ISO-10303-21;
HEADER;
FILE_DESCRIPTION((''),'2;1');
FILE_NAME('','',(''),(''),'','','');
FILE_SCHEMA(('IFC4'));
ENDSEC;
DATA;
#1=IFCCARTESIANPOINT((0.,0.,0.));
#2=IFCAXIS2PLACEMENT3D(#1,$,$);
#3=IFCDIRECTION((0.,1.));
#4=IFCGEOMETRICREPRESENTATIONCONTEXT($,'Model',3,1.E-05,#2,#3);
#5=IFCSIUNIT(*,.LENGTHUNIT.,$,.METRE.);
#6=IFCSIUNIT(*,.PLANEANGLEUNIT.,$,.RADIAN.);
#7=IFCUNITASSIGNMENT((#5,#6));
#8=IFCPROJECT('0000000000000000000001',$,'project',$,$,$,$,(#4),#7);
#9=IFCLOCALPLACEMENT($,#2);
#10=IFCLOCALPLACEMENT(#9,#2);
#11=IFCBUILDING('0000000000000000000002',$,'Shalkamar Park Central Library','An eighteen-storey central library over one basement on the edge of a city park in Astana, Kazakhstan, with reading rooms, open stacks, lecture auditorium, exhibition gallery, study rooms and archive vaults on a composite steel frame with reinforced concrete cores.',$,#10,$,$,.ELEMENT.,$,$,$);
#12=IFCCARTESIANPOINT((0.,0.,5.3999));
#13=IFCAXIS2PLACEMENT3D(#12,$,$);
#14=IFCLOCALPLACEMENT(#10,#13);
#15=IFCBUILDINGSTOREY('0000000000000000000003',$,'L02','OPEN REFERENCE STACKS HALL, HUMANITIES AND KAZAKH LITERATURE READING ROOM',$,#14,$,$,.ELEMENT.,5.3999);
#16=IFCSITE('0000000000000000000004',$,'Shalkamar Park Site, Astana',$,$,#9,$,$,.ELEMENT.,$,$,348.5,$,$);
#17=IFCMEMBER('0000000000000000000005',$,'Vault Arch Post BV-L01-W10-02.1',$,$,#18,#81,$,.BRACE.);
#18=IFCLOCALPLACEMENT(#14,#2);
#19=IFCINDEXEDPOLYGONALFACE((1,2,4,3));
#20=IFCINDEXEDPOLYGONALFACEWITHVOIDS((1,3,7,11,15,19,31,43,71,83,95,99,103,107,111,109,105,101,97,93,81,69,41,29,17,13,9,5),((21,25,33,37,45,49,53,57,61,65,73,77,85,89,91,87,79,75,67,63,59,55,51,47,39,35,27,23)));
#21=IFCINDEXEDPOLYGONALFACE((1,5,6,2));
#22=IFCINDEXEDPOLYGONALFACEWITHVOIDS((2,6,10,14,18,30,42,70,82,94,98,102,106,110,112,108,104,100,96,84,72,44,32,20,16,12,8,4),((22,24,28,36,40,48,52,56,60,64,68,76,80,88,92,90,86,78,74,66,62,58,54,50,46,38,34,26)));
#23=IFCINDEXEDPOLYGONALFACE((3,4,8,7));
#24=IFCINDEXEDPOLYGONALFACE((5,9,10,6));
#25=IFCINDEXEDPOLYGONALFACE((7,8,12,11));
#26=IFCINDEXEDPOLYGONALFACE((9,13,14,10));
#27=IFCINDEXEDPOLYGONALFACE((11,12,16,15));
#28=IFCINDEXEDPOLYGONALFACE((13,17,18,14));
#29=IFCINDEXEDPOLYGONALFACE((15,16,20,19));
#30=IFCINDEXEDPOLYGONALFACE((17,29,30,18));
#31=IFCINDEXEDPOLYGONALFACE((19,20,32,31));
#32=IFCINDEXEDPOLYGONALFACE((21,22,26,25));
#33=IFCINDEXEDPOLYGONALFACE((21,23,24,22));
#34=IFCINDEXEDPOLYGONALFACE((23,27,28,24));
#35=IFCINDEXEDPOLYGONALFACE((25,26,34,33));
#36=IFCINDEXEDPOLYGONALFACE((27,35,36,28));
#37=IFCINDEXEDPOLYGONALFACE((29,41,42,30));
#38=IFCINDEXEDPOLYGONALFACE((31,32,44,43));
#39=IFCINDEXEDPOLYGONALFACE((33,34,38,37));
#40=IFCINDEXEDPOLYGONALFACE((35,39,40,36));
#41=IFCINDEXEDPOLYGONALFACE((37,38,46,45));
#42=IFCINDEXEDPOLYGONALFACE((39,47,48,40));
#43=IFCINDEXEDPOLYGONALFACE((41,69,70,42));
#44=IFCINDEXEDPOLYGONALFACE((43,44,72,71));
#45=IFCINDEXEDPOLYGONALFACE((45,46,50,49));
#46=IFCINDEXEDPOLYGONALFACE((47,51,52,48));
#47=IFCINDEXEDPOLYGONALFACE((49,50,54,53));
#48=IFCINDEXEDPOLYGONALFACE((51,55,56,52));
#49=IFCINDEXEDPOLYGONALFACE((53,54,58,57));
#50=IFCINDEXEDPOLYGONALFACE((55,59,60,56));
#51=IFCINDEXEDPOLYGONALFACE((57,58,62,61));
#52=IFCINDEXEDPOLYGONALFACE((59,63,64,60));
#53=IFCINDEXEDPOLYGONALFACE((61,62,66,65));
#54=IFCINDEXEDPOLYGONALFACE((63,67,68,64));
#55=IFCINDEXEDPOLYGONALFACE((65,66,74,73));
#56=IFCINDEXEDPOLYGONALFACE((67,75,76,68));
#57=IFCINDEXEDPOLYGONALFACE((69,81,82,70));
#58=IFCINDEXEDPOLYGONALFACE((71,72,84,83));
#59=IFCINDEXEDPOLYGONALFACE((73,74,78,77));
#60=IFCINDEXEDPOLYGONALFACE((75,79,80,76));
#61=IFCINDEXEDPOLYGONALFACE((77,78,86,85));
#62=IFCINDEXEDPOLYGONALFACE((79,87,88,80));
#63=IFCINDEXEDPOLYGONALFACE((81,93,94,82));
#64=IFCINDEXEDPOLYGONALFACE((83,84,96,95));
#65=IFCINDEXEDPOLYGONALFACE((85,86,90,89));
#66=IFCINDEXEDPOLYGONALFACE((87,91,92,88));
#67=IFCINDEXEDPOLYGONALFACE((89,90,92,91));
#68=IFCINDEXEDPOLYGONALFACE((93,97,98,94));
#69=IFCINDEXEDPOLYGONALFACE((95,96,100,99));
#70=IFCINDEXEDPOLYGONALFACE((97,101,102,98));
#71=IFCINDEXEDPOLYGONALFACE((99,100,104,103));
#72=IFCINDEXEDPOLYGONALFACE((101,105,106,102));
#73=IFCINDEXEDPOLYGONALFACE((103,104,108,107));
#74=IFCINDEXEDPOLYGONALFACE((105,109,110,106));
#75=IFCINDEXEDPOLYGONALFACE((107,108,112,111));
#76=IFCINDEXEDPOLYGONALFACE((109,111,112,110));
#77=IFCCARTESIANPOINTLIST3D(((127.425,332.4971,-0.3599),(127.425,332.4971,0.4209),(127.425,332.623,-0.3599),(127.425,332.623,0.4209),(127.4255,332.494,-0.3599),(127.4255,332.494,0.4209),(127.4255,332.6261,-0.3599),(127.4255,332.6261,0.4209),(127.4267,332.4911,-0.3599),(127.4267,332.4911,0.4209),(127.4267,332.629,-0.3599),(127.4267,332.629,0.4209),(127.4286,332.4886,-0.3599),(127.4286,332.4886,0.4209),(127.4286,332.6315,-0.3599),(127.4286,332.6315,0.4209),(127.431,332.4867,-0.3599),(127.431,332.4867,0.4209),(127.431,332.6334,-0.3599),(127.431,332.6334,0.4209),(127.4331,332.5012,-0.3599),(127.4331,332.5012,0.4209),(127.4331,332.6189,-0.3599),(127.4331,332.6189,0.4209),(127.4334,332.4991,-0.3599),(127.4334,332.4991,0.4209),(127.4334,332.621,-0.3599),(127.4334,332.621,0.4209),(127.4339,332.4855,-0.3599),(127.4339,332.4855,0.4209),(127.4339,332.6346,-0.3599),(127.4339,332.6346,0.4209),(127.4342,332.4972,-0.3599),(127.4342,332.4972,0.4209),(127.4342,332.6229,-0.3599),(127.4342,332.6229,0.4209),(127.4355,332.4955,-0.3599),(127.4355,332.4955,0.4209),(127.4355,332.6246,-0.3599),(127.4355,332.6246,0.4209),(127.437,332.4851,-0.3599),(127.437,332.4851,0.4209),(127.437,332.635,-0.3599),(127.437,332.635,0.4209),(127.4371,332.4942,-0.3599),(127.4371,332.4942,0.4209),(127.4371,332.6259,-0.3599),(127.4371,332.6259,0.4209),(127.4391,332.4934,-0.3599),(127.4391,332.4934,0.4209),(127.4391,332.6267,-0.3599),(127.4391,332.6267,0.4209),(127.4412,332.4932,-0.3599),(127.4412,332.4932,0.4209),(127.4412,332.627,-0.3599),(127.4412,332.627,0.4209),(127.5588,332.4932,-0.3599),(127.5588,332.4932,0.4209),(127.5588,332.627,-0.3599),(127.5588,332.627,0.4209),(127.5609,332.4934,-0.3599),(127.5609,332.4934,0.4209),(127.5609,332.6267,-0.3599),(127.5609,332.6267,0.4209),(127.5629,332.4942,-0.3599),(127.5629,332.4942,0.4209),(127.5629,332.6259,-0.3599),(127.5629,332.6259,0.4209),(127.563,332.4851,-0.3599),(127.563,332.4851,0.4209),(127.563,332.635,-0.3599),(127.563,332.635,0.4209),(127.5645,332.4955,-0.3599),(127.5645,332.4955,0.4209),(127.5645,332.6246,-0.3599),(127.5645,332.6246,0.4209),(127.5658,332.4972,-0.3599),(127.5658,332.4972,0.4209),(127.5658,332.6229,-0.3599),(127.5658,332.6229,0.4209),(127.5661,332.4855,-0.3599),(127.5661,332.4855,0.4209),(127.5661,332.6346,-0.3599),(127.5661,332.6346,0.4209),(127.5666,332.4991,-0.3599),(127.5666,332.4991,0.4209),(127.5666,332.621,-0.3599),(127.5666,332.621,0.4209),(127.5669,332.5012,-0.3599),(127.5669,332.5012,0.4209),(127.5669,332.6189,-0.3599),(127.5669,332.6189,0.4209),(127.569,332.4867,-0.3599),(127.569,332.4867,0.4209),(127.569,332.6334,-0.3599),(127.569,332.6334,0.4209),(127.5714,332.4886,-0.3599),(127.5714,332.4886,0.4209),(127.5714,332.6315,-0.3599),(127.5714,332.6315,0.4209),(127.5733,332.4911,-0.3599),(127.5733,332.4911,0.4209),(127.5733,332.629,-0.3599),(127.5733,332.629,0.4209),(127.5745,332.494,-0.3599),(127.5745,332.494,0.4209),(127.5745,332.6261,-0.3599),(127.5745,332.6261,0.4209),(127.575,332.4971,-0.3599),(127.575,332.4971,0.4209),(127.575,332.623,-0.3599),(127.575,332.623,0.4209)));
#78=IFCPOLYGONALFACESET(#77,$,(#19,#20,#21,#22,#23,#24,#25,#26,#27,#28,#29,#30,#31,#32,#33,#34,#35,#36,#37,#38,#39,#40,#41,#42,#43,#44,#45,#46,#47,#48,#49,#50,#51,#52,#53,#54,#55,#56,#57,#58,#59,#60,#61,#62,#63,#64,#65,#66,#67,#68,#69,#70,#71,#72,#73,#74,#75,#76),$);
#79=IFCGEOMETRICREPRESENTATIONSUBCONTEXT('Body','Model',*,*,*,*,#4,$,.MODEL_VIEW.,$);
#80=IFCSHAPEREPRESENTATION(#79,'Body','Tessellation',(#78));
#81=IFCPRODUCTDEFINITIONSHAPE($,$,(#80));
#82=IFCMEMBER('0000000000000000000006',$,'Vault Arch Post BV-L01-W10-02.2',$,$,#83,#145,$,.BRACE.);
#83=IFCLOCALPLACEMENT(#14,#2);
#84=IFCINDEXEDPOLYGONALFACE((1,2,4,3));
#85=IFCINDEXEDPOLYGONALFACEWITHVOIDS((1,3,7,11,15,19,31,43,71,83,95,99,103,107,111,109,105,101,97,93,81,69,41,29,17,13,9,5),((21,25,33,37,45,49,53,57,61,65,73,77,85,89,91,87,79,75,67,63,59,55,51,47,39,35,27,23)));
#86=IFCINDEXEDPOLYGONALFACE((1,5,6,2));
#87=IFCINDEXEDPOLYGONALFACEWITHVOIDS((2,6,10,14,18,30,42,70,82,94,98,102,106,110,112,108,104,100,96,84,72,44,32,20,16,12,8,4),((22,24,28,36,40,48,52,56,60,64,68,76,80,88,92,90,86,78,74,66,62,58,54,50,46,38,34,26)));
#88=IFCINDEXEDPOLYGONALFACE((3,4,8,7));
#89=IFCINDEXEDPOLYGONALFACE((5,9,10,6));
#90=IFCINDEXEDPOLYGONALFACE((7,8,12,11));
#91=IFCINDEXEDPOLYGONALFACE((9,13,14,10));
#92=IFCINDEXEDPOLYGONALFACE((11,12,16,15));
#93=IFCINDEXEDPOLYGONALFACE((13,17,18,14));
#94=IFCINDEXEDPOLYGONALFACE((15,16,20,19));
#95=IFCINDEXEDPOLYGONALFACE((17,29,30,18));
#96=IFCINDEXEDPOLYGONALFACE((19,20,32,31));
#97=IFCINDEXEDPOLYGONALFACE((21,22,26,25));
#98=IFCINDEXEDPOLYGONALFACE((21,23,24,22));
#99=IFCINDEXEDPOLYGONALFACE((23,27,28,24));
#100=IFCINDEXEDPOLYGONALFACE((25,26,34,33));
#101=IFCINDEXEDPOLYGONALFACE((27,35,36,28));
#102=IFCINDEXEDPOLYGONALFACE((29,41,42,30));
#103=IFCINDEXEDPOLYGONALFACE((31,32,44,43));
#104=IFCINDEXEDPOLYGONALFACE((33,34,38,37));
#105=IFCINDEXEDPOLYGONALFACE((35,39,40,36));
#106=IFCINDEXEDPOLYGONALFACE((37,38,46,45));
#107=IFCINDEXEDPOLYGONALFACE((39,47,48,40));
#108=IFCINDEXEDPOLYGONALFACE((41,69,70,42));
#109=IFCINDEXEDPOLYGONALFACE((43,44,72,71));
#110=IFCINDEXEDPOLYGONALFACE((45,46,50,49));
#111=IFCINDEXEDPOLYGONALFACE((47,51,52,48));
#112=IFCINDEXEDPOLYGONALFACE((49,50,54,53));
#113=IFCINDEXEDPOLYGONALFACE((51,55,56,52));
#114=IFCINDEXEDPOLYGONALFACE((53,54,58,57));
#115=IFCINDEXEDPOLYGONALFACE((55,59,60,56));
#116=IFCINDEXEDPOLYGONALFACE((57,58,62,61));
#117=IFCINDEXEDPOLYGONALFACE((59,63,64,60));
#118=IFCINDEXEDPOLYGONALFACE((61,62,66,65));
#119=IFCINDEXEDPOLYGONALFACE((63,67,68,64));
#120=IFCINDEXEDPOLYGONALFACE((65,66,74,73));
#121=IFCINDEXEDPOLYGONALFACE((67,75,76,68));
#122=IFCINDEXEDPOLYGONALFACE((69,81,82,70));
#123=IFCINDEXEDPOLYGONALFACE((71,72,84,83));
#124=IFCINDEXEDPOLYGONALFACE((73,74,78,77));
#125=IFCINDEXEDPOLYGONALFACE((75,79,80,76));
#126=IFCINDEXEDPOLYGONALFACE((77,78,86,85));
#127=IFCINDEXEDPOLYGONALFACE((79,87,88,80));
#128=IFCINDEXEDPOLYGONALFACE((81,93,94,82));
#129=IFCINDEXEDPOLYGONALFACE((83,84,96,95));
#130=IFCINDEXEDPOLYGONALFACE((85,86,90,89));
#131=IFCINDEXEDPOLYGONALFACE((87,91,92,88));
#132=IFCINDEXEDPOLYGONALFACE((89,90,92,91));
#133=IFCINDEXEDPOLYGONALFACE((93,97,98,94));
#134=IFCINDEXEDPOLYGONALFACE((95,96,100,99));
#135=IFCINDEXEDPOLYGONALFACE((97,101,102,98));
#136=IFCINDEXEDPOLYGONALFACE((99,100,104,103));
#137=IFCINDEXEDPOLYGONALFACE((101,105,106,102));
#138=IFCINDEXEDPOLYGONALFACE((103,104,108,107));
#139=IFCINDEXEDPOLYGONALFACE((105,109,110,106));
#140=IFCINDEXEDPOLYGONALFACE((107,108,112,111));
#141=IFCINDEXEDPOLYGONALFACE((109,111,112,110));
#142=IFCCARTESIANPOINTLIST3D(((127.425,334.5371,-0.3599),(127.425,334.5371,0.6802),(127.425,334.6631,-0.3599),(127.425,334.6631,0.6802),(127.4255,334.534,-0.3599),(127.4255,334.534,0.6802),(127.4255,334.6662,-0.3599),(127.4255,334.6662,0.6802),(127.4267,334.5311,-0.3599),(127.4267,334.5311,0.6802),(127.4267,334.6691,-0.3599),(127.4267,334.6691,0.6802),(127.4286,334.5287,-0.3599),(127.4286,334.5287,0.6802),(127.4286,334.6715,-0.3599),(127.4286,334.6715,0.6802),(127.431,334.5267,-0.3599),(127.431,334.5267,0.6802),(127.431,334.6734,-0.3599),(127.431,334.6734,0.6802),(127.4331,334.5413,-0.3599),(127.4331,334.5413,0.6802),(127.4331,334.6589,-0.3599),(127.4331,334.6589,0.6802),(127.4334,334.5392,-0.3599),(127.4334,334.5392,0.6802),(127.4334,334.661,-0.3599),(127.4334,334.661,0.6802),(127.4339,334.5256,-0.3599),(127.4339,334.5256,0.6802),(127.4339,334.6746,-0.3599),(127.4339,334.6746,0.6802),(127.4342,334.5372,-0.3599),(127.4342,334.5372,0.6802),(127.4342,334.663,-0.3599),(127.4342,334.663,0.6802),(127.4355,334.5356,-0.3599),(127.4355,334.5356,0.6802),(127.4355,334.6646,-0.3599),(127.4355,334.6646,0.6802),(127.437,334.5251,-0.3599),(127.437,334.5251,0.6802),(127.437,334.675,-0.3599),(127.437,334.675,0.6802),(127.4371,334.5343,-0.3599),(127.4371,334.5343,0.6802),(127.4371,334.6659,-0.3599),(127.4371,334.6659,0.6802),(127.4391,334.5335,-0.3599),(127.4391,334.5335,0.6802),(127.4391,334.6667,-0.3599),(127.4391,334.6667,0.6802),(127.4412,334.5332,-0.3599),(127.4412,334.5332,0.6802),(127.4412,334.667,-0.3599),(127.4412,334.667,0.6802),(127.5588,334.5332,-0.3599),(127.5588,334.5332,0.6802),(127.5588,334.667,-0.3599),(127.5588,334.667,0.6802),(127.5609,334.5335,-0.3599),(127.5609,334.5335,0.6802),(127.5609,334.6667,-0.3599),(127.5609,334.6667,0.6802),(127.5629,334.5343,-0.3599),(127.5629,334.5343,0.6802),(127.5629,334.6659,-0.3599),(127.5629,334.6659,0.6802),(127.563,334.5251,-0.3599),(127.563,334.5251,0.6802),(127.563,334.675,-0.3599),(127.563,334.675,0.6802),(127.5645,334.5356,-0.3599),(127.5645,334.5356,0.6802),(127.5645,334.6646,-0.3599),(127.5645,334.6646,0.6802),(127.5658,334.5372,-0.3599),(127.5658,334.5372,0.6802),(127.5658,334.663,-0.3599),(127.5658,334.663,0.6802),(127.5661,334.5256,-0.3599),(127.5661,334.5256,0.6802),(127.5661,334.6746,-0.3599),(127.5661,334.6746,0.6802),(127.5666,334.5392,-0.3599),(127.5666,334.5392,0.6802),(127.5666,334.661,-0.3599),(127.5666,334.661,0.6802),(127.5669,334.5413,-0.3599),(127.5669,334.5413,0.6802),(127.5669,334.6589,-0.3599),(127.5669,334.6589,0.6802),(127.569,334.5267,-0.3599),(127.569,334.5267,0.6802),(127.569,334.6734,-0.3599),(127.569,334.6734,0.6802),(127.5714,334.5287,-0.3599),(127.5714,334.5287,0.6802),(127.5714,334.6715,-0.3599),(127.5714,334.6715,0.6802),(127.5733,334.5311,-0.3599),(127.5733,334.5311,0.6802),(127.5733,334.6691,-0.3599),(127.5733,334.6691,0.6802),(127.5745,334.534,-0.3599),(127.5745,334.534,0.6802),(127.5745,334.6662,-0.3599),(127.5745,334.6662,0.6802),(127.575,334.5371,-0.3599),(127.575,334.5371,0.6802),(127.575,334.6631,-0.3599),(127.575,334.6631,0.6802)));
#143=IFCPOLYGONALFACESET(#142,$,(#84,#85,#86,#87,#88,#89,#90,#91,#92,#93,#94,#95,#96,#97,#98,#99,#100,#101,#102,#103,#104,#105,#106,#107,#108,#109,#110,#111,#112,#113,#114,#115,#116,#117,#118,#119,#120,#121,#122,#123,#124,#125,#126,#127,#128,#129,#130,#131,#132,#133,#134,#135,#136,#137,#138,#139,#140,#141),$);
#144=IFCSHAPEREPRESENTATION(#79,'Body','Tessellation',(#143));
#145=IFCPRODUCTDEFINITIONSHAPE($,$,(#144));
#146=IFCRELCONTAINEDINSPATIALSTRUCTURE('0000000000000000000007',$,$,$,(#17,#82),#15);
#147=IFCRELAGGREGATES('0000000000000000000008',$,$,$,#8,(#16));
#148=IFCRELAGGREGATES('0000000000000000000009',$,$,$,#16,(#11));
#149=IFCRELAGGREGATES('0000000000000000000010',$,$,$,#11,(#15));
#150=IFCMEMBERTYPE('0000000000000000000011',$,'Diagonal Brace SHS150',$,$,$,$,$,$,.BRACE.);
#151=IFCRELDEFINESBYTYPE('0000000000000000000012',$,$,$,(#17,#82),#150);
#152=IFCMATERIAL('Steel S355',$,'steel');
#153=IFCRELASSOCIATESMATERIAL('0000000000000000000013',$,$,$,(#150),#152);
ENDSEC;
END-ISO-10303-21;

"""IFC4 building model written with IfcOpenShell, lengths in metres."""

from ifc_helpers import new_model, si_unit, direction, frame, origin, origin_2d, place, context, subcontext, project, spatial, hollow_rectangle, extrude, material, material_profile, profile_set, type_object, element, save


model = new_model("IFC4")

# Units and contexts
model_context = context("Model", 3, precision=1e-05, world=origin(), true_north=direction((0.0, 1.0)))
body_context = subcontext(model_context, "Body", "Model", "MODEL_VIEW")
ifc_project = project(units=[si_unit("LENGTHUNIT", "METRE"), si_unit("PLANEANGLEUNIT", "RADIAN")], contexts=[model_context])

# Site, building, storey
site_placement = place(None, origin())
site = spatial("IfcSite", under=ifc_project, at=site_placement, Name="Shalkamar Park Site, Astana", CompositionType="ELEMENT", RefElevation=348.5)
building_placement = place(site_placement, origin())
building = spatial("IfcBuilding", under=site, at=building_placement, Name="Shalkamar Park Central Library", Description="An eighteen-storey central library over one basement on the edge of a city park in Astana, Kazakhstan, with reading rooms, open stacks, lecture auditorium, exhibition gallery, study rooms and archive vaults on a composite steel frame with reinforced concrete cores.", CompositionType="ELEMENT")
storey_placement = place(building_placement, frame((0.0, 0.0, 5.3999)))
storey = spatial("IfcBuildingStorey", under=building, at=storey_placement, Name="L02", Description="OPEN REFERENCE STACKS HALL, HUMANITIES AND KAZAKH LITERATURE READING ROOM", CompositionType="ELEMENT", Elevation=5.3999)

# Shared definitions
ifc_material_1 = material(Name="Steel S355", Category="steel")

# Members
ifc_material_profile_1 = material_profile(ifc_material_1, hollow_rectangle(XDim=0.1499, YDim=0.1499, WallThickness=0.0081, InnerFilletRadius=0.0081, OuterFilletRadius=0.012, at=origin_2d()), Name="SHS 150x150x8")
ifc_profile_set_1 = profile_set([ifc_material_profile_1], Name="Steel S355")
member_type_1 = type_object("IfcMemberType", Name="Diagonal Brace SHS150", PredefinedType="BRACE", material=ifc_profile_set_1)
for number, where, z_axis, x_axis, name in (
    (1, (127.5, 332.5601, -0.3599), (0.0, 0.0, 1.0), (1.0, 0.0, 0.0), "Vault Arch Post BV-L01-W10-02.1"),
):
    element("IfcMember", number, at=place(storey_placement, frame(where, z_axis=z_axis, x_axis=x_axis)), inside=storey, type_object=member_type_1, Name=name, PredefinedType="BRACE", context=body_context, shape_type="SweptSolid", body=[
        extrude(hollow_rectangle(XDim=0.1499, YDim=0.1499, WallThickness=0.0081, InnerFilletRadius=0.0081, OuterFilletRadius=0.012, at=origin_2d()), origin(), (0.0, 0.0, 1.0), 0.7808),
    ])
member_1_placement = place(storey_placement, frame((127.5, 334.6001, -0.3599), z_axis=(0.0, 0.0, 1.0), x_axis=(1.0, 0.0, 0.0)))
element("IfcMember", 2, at=member_1_placement, inside=storey, type_object=member_type_1, Name="Vault Arch Post BV-L01-W10-02.2", PredefinedType="BRACE", context=body_context, shape_type="SweptSolid", body=[
    extrude(hollow_rectangle(XDim=0.1499, YDim=0.1499, WallThickness=0.0081, InnerFilletRadius=0.0081, OuterFilletRadius=0.012, at=origin_2d()), origin(), (0.0, 0.0, 1.0), 1.04),
])

save(model, "model.ifc")
